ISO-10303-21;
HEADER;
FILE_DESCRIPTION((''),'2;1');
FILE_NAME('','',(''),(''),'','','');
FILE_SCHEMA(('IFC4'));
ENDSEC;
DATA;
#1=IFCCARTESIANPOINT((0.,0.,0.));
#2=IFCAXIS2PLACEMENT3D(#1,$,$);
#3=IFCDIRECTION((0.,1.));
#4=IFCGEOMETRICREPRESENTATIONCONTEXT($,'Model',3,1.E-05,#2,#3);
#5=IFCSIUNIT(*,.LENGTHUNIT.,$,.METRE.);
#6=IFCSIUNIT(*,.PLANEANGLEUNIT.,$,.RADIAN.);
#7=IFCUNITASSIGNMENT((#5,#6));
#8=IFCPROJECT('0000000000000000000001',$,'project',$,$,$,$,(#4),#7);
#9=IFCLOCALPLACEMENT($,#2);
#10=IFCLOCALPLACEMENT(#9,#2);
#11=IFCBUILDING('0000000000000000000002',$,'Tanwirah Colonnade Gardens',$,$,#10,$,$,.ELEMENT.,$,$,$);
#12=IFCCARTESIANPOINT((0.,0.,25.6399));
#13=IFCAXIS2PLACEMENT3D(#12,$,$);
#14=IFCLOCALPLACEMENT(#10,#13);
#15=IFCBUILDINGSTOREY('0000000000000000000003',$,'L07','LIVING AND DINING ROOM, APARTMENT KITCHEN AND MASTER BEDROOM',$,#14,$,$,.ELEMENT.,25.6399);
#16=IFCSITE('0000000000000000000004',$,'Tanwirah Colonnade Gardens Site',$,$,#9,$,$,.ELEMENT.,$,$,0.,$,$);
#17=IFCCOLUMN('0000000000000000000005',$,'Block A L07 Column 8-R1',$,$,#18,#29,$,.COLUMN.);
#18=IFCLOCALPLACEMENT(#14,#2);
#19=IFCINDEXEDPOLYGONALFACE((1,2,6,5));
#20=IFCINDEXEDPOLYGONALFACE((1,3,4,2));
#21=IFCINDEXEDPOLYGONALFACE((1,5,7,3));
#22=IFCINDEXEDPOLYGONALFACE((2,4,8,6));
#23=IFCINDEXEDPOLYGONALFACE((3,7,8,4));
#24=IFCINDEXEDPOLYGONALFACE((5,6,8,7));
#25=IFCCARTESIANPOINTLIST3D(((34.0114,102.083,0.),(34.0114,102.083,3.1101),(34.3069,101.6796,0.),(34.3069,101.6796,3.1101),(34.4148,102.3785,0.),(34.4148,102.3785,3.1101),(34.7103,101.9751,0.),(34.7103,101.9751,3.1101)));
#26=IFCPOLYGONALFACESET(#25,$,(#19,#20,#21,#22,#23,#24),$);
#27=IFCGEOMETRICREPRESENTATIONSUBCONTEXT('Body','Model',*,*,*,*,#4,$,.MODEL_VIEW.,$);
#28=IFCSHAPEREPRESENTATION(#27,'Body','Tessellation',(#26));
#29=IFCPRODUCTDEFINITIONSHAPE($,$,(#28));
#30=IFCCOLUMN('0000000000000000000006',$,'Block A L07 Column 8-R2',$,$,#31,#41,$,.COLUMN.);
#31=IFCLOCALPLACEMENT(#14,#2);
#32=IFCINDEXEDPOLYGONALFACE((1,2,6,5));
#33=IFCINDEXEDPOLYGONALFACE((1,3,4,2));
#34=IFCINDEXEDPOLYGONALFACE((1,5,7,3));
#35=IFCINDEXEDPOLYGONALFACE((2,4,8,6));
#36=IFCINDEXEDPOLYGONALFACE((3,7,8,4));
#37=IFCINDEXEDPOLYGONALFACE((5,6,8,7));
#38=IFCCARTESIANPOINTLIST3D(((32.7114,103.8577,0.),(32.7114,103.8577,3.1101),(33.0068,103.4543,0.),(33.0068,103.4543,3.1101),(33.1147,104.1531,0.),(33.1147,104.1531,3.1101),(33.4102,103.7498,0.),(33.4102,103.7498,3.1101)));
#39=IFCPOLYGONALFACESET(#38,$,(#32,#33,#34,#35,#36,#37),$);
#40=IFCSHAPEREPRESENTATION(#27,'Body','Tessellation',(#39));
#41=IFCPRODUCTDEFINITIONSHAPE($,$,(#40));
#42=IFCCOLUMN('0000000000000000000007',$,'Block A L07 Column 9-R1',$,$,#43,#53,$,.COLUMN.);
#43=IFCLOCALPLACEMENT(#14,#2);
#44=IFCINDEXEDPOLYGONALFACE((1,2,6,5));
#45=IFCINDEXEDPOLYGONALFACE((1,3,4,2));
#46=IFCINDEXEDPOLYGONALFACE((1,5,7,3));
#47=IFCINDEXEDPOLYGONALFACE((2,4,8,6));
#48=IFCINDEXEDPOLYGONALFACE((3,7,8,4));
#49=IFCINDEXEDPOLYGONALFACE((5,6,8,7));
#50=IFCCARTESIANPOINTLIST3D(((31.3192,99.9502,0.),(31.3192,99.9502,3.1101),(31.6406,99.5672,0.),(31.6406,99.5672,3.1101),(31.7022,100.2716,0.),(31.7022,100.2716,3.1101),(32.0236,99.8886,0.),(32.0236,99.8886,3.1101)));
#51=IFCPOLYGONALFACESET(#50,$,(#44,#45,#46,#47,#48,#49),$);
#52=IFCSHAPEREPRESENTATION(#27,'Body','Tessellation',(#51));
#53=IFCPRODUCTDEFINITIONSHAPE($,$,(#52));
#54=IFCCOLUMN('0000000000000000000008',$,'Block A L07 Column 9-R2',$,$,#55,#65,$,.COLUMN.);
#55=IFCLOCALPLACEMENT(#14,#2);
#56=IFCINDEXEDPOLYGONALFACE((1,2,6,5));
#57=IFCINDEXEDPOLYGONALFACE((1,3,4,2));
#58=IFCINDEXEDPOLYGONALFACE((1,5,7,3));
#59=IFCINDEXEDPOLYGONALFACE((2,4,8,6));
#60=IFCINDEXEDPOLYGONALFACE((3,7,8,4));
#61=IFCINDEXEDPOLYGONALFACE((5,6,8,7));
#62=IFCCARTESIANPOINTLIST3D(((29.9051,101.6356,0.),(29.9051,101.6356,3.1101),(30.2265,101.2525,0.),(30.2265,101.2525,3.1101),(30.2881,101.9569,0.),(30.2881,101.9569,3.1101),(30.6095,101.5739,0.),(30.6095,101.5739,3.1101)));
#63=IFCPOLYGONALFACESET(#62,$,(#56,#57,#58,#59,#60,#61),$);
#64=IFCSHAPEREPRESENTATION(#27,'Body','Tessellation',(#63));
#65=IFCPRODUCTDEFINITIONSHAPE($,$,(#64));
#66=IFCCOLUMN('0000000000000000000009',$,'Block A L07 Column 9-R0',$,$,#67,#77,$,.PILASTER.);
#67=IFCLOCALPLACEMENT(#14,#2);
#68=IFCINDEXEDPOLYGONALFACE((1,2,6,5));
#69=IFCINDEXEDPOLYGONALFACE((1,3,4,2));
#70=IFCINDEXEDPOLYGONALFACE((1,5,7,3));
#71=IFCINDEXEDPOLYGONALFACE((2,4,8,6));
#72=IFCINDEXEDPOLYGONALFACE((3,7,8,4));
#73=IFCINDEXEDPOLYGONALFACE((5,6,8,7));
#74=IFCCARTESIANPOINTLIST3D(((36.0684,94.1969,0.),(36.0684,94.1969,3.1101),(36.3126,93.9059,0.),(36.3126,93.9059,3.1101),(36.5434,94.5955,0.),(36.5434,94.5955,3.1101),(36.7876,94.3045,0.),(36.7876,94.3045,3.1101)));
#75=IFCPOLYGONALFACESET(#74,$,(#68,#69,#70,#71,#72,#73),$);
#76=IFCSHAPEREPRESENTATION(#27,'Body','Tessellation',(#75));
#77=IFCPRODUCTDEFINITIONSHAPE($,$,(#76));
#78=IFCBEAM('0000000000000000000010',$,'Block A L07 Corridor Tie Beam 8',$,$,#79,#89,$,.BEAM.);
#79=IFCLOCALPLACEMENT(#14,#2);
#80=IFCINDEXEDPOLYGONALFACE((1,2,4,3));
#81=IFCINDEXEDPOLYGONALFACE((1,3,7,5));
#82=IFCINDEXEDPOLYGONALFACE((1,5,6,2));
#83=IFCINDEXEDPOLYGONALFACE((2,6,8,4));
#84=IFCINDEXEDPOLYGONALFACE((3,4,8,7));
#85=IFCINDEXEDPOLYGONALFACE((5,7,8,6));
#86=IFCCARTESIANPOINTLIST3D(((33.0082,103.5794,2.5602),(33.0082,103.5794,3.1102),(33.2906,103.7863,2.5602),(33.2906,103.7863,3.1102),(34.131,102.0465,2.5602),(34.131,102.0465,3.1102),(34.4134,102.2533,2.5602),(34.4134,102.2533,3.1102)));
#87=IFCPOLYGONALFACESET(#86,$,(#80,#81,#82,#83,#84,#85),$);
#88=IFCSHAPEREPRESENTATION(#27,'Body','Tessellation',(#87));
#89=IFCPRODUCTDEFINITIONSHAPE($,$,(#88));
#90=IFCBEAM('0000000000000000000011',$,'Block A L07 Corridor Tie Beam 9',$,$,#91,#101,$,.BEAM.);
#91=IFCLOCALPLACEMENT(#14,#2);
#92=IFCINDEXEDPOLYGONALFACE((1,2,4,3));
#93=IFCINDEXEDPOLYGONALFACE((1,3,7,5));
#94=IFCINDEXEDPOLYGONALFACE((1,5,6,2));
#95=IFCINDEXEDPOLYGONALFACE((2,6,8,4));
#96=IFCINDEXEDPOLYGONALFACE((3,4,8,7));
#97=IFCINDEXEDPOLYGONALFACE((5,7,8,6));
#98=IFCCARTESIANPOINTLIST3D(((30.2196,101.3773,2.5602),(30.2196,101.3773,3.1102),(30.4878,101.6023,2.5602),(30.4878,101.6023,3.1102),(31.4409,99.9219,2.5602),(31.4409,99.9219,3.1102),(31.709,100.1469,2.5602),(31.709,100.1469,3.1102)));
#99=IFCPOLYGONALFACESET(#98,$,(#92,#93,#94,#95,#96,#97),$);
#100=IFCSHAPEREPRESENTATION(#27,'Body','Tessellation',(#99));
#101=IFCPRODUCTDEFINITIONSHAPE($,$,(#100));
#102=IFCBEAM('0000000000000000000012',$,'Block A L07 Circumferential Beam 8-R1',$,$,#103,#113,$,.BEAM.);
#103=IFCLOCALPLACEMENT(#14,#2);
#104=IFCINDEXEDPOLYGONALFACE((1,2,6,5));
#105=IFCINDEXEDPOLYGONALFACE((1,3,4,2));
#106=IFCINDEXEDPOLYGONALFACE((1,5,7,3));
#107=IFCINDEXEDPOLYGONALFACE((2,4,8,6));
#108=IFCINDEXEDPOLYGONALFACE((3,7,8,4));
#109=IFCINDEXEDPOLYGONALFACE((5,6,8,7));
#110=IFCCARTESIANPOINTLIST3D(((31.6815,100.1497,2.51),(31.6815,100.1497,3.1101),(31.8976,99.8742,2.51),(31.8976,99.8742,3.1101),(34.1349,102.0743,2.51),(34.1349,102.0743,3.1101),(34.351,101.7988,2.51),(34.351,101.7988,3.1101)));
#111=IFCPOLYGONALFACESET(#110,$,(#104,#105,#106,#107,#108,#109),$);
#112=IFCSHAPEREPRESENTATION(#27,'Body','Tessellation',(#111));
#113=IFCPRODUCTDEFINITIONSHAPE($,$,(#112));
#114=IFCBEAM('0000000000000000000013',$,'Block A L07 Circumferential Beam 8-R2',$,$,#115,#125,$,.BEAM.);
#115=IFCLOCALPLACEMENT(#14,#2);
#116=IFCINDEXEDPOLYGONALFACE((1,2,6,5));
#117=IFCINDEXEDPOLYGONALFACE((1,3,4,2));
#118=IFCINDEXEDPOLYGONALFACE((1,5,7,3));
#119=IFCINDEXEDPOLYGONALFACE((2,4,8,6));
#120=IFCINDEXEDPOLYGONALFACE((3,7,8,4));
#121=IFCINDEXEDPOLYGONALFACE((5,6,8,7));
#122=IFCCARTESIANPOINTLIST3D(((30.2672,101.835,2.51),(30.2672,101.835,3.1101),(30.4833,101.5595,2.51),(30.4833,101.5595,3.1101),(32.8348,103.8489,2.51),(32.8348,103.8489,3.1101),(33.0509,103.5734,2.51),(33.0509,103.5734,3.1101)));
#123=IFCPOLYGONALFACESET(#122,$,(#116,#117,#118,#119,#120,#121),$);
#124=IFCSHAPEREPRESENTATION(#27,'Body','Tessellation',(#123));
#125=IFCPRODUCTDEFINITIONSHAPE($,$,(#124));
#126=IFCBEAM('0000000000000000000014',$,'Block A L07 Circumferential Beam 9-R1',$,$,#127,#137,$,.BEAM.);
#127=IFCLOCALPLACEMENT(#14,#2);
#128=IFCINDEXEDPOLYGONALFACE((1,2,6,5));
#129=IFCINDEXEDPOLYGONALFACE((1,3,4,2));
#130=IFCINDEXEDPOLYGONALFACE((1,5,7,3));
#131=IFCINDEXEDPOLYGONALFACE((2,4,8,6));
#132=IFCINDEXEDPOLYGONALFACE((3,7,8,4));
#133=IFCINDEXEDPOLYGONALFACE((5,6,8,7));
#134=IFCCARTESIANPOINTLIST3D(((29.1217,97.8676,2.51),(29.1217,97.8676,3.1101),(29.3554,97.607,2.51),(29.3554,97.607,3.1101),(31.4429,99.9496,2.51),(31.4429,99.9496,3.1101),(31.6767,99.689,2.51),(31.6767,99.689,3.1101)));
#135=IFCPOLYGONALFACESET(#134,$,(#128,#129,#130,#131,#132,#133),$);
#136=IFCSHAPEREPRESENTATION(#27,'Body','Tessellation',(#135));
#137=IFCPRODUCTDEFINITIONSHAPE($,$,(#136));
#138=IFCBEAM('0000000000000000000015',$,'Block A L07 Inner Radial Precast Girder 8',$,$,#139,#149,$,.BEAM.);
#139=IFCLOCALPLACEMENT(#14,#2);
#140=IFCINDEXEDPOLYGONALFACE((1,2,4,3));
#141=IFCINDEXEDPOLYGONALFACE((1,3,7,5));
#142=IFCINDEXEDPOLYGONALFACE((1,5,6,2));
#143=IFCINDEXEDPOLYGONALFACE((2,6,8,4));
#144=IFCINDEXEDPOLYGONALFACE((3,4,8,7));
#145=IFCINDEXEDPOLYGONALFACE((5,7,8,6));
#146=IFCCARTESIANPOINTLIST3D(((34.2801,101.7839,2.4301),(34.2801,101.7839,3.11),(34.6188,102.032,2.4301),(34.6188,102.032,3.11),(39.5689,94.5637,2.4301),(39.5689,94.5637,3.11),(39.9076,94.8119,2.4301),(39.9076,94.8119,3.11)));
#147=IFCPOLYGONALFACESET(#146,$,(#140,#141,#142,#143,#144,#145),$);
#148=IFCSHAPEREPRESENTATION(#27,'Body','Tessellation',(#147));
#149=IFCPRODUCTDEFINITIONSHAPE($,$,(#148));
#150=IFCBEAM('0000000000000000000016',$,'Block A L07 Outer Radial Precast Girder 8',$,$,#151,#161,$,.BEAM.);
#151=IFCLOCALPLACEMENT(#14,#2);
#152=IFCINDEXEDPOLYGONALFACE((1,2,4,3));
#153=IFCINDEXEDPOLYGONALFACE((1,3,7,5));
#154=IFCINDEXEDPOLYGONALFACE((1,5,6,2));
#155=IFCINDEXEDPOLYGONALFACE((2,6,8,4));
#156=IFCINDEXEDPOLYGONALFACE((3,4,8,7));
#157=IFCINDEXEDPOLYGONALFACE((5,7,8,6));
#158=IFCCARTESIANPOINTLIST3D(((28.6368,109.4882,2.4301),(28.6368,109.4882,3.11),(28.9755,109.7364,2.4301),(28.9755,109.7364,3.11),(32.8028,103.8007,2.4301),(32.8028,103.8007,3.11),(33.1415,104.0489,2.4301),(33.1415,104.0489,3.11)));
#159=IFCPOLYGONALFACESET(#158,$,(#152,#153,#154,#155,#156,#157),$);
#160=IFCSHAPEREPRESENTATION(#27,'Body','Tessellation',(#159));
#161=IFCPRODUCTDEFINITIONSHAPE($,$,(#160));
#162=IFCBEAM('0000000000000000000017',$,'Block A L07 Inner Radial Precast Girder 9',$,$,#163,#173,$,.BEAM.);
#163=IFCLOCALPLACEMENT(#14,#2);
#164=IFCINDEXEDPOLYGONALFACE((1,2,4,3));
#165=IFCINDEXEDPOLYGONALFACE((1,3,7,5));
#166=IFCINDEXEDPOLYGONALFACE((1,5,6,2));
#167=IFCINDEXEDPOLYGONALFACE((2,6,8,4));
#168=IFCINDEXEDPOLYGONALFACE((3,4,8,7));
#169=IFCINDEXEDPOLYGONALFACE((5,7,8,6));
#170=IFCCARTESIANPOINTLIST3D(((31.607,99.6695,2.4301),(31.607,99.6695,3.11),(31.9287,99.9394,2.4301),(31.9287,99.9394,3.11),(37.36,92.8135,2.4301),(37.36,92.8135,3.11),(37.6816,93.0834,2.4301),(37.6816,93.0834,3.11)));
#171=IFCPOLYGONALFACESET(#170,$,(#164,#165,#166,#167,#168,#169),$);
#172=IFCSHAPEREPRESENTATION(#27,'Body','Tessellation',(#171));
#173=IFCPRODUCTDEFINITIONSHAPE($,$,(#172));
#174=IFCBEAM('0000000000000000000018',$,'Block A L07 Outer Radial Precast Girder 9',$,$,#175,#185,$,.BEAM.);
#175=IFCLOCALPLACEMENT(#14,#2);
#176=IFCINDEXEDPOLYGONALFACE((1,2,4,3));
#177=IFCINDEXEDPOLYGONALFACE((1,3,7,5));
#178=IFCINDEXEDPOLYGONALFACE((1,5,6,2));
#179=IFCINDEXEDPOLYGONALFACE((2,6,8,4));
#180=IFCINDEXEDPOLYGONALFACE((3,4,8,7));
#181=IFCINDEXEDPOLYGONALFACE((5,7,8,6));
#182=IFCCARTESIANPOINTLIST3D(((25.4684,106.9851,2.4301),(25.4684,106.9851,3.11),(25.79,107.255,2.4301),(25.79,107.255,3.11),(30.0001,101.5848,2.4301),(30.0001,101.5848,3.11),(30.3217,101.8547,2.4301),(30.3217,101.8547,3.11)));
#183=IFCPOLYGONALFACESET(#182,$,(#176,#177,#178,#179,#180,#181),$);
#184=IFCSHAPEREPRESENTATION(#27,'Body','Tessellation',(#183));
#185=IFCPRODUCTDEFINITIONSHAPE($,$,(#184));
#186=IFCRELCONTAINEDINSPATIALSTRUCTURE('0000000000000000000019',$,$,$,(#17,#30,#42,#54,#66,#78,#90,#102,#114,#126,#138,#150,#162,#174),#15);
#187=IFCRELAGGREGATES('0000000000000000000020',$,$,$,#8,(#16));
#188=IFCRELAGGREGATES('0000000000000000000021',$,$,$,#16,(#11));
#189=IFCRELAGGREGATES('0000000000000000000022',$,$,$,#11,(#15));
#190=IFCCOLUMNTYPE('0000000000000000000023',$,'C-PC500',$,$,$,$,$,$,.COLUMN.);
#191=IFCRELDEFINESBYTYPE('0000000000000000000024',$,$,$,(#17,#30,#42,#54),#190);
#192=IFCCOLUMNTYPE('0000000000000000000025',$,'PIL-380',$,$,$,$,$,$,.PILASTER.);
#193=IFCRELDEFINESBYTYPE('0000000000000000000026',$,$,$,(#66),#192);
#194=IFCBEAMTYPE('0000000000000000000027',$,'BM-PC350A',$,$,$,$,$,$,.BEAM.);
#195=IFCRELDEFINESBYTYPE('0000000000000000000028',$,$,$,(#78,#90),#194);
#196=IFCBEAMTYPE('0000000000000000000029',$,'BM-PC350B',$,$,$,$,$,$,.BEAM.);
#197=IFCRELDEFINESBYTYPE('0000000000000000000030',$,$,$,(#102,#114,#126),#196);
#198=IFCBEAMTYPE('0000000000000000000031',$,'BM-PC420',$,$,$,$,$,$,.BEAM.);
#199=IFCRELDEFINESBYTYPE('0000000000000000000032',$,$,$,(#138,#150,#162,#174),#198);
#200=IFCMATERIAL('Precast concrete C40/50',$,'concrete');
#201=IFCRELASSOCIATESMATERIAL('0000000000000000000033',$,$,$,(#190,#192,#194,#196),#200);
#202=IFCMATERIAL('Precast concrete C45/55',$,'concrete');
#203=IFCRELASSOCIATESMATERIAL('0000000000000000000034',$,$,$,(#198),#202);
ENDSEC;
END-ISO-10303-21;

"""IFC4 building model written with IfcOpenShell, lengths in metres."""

from ifc_helpers import new_model, si_unit, direction, frame, origin, origin_2d, place, context, subcontext, project, spatial, rectangle, extrude, material, material_profile, profile_set, type_object, element, save


model = new_model("IFC4")

# Units and contexts
model_context = context("Model", 3, precision=1e-05, world=origin(), true_north=direction((0.0, 1.0)))
body_context = subcontext(model_context, "Body", "Model", "MODEL_VIEW")
ifc_project = project(units=[si_unit("LENGTHUNIT", "METRE"), si_unit("PLANEANGLEUNIT", "RADIAN")], contexts=[model_context])

# Site, building, storey
site_placement = place(None, origin())
site = spatial("IfcSite", under=ifc_project, at=site_placement, Name="Tanwirah Colonnade Gardens Site", CompositionType="ELEMENT", RefElevation=0.0)
building_placement = place(site_placement, origin())
building = spatial("IfcBuilding", under=site, at=building_placement, Name="Tanwirah Colonnade Gardens", CompositionType="ELEMENT")
storey_placement = place(building_placement, frame((0.0, 0.0, 25.6399)))
storey = spatial("IfcBuildingStorey", under=building, at=storey_placement, Name="L07", Description="LIVING AND DINING ROOM, APARTMENT KITCHEN AND MASTER BEDROOM", CompositionType="ELEMENT", Elevation=25.6399)

# Columns
ifc_material_1 = material(Name="Precast concrete C40/50", Category="concrete")
ifc_material_profile_1 = material_profile(ifc_material_1, rectangle(XDim=0.5, YDim=0.5, at=origin_2d()), Name="PC-COL 500x500")
ifc_profile_set_1 = profile_set([ifc_material_profile_1], Name="Precast concrete C40/50")
column_type_1 = type_object("IfcColumnType", Name="C-PC500", PredefinedType="COLUMN", material=ifc_profile_set_1)
for number, where, z_axis, x_axis, name in (
    (1, (34.3608, 102.0291, 0.0), (0.0, 0.0, 1.0), (-0.590919, 0.806731, 0.0), "Block A L07 Column 8-R1"),
    (2, (33.0608, 103.8037, 0.0), (0.0, 0.0, 1.0), (-0.590919, 0.806731, 0.0), "Block A L07 Column 8-R2"),
    (3, (31.6714, 99.9194, 0.0), (0.0, 0.0, 1.0), (-0.642788, 0.766044, 0.0), "Block A L07 Column 9-R1"),
    (4, (30.2573, 101.6047, 0.0), (0.0, 0.0, 1.0), (-0.642788, 0.766044, 0.0), "Block A L07 Column 9-R2"),
):
    element("IfcColumn", number, at=place(storey_placement, frame(where, z_axis=z_axis, x_axis=x_axis)), inside=storey, type_object=column_type_1, Name=name, PredefinedType="COLUMN", context=body_context, shape_type="SweptSolid", body=[
        extrude(rectangle(XDim=0.5, YDim=0.5, at=origin_2d()), origin(), (0.0, 0.0, 1.0), 3.1101),
    ])
ifc_material_profile_2 = material_profile(ifc_material_1, rectangle(XDim=0.3799, YDim=0.6201, at=origin_2d()), Name="PC-PIL 380x620")
ifc_profile_set_2 = profile_set([ifc_material_profile_2], Name="Precast concrete C40/50")
column_type_2 = type_object("IfcColumnType", Name="PIL-380", PredefinedType="PILASTER", material=ifc_profile_set_2)
column_placement = place(storey_placement, frame((36.428, 94.2507, 0.0), z_axis=(0.0, 0.0, 1.0), x_axis=(-0.642788, 0.766044, 0.0)))
element("IfcColumn", 5, at=column_placement, inside=storey, type_object=column_type_2, Name="Block A L07 Column 9-R0", PredefinedType="PILASTER", context=body_context, shape_type="SweptSolid", body=[
    extrude(rectangle(XDim=0.3799, YDim=0.6201, at=origin_2d()), origin(), (0.0, 0.0, 1.0), 3.1101),
])

# Beams
ifc_material_profile_3 = material_profile(ifc_material_1, rectangle(XDim=0.3501, YDim=0.55, at=origin_2d()), Name="PC-BM 350x550")
ifc_profile_set_3 = profile_set([ifc_material_profile_3], Name="Precast concrete C40/50")
beam_type_1 = type_object("IfcBeamType", Name="BM-PC350A", PredefinedType="BEAM", material=ifc_profile_set_3)
beam_1_placement = place(storey_placement, frame((34.2722, 102.1499, 2.8352), z_axis=(-0.590896, 0.806748, 0.0), x_axis=(-0.806748, -0.590896, 0.0)))
element("IfcBeam", 6, at=beam_1_placement, inside=storey, type_object=beam_type_1, Name="Block A L07 Corridor Tie Beam 8", PredefinedType="BEAM", context=body_context, shape_type="SweptSolid", body=[
    extrude(rectangle(XDim=0.3501, YDim=0.55, at=origin_2d()), origin(), (0.0, 0.0, 1.0), 1.9001),
])
beam_2_placement = place(storey_placement, frame((31.575, 100.0344, 2.8352), z_axis=(-0.642797, 0.766036, 0.0), x_axis=(-0.766036, -0.642797, 0.0)))
element("IfcBeam", 7, at=beam_2_placement, inside=storey, type_object=beam_type_1, Name="Block A L07 Corridor Tie Beam 9", PredefinedType="BEAM", context=body_context, shape_type="SweptSolid", body=[
    extrude(rectangle(XDim=0.3501, YDim=0.55, at=origin_2d()), origin(), (0.0, 0.0, 1.0), 1.8999),
])
ifc_material_profile_4 = material_profile(ifc_material_1, rectangle(XDim=0.3501, YDim=0.6001, at=origin_2d()), Name="PC-BM 350x600")
ifc_profile_set_4 = profile_set([ifc_material_profile_4], Name="Precast concrete C40/50")
beam_type_2 = type_object("IfcBeamType", Name="BM-PC350B", PredefinedType="BEAM", material=ifc_profile_set_4)
beam_3_placement = place(storey_placement, frame((34.2429, 101.9365, 2.8101), z_axis=(-0.786799, -0.617209, 0.0), x_axis=(0.617209, -0.786799, 0.0)))
element("IfcBeam", 8, at=beam_3_placement, inside=storey, type_object=beam_type_2, Name="Block A L07 Circumferential Beam 8-R1", PredefinedType="BEAM", context=body_context, shape_type="SweptSolid", body=[
    extrude(rectangle(XDim=0.3501, YDim=0.6001, at=origin_2d()), origin(), (0.0, 0.0, 1.0), 3.1182),
])
beam_4_placement = place(storey_placement, frame((32.9429, 103.7112, 2.8101), z_axis=(-0.78684, -0.617157, 0.0), x_axis=(0.617157, -0.78684, 0.0)))
element("IfcBeam", 9, at=beam_4_placement, inside=storey, type_object=beam_type_2, Name="Block A L07 Circumferential Beam 8-R2", PredefinedType="BEAM", context=body_context, shape_type="SweptSolid", body=[
    extrude(rectangle(XDim=0.3501, YDim=0.6001, at=origin_2d()), origin(), (0.0, 0.0, 1.0), 3.2632),
])
beam_5_placement = place(storey_placement, frame((31.5598, 99.8193, 2.8101), z_axis=(-0.74443, -0.667701, 0.0), x_axis=(0.667701, -0.74443, 0.0)))
element("IfcBeam", 10, at=beam_5_placement, inside=storey, type_object=beam_type_2, Name="Block A L07 Circumferential Beam 9-R1", PredefinedType="BEAM", context=body_context, shape_type="SweptSolid", body=[
    extrude(rectangle(XDim=0.3501, YDim=0.6001, at=origin_2d()), origin(), (0.0, 0.0, 1.0), 3.1182),
])
ifc_material_2 = material(Name="Precast concrete C45/55", Category="concrete")
ifc_material_profile_5 = material_profile(ifc_material_2, rectangle(XDim=0.4199, YDim=0.6799, at=origin_2d()), Name="PC-BM 420x680")
ifc_profile_set_5 = profile_set([ifc_material_profile_5], Name="Precast concrete C45/55")
beam_type_3 = type_object("IfcBeamType", Name="BM-PC420", PredefinedType="BEAM", material=ifc_profile_set_5)
beam_6_placement = place(storey_placement, frame((34.4495, 101.908, 2.77), z_axis=(0.590927, -0.806725, 0.0), x_axis=(0.806725, 0.590927, 0.0)))
element("IfcBeam", 11, at=beam_6_placement, inside=storey, type_object=beam_type_3, Name="Block A L07 Inner Radial Precast Girder 8", PredefinedType="BEAM", context=body_context, shape_type="SweptSolid", body=[
    extrude(rectangle(XDim=0.4199, YDim=0.6799, at=origin_2d()), origin(), (0.0, 0.0, 1.0), 8.95),
])
beam_7_placement = place(storey_placement, frame((32.9722, 103.9248, 2.77), z_axis=(-0.590919, 0.806731, 0.0), x_axis=(-0.806731, -0.590919, 0.0)))
element("IfcBeam", 12, at=beam_7_placement, inside=storey, type_object=beam_type_3, Name="Block A L07 Outer Radial Precast Girder 8", PredefinedType="BEAM", context=body_context, shape_type="SweptSolid", body=[
    extrude(rectangle(XDim=0.4199, YDim=0.6799, at=origin_2d()), origin(), (0.0, 0.0, 1.0), 7.05),
])
beam_8_placement = place(storey_placement, frame((31.7678, 99.8044, 2.77), z_axis=(0.642794, -0.766039, 0.0), x_axis=(0.766039, 0.642794, 0.0)))
element("IfcBeam", 13, at=beam_8_placement, inside=storey, type_object=beam_type_3, Name="Block A L07 Inner Radial Precast Girder 9", PredefinedType="BEAM", context=body_context, shape_type="SweptSolid", body=[
    extrude(rectangle(XDim=0.4199, YDim=0.6799, at=origin_2d()), origin(), (0.0, 0.0, 1.0), 8.95),
])
beam_9_placement = place(storey_placement, frame((30.1609, 101.7197, 2.77), z_axis=(-0.64281, 0.766025, 0.0), x_axis=(-0.766025, -0.64281, 0.0)))
element("IfcBeam", 14, at=beam_9_placement, inside=storey, type_object=beam_type_3, Name="Block A L07 Outer Radial Precast Girder 9", PredefinedType="BEAM", context=body_context, shape_type="SweptSolid", body=[
    extrude(rectangle(XDim=0.4199, YDim=0.6799, at=origin_2d()), origin(), (0.0, 0.0, 1.0), 7.0498),
])

save(model, "model.ifc")
